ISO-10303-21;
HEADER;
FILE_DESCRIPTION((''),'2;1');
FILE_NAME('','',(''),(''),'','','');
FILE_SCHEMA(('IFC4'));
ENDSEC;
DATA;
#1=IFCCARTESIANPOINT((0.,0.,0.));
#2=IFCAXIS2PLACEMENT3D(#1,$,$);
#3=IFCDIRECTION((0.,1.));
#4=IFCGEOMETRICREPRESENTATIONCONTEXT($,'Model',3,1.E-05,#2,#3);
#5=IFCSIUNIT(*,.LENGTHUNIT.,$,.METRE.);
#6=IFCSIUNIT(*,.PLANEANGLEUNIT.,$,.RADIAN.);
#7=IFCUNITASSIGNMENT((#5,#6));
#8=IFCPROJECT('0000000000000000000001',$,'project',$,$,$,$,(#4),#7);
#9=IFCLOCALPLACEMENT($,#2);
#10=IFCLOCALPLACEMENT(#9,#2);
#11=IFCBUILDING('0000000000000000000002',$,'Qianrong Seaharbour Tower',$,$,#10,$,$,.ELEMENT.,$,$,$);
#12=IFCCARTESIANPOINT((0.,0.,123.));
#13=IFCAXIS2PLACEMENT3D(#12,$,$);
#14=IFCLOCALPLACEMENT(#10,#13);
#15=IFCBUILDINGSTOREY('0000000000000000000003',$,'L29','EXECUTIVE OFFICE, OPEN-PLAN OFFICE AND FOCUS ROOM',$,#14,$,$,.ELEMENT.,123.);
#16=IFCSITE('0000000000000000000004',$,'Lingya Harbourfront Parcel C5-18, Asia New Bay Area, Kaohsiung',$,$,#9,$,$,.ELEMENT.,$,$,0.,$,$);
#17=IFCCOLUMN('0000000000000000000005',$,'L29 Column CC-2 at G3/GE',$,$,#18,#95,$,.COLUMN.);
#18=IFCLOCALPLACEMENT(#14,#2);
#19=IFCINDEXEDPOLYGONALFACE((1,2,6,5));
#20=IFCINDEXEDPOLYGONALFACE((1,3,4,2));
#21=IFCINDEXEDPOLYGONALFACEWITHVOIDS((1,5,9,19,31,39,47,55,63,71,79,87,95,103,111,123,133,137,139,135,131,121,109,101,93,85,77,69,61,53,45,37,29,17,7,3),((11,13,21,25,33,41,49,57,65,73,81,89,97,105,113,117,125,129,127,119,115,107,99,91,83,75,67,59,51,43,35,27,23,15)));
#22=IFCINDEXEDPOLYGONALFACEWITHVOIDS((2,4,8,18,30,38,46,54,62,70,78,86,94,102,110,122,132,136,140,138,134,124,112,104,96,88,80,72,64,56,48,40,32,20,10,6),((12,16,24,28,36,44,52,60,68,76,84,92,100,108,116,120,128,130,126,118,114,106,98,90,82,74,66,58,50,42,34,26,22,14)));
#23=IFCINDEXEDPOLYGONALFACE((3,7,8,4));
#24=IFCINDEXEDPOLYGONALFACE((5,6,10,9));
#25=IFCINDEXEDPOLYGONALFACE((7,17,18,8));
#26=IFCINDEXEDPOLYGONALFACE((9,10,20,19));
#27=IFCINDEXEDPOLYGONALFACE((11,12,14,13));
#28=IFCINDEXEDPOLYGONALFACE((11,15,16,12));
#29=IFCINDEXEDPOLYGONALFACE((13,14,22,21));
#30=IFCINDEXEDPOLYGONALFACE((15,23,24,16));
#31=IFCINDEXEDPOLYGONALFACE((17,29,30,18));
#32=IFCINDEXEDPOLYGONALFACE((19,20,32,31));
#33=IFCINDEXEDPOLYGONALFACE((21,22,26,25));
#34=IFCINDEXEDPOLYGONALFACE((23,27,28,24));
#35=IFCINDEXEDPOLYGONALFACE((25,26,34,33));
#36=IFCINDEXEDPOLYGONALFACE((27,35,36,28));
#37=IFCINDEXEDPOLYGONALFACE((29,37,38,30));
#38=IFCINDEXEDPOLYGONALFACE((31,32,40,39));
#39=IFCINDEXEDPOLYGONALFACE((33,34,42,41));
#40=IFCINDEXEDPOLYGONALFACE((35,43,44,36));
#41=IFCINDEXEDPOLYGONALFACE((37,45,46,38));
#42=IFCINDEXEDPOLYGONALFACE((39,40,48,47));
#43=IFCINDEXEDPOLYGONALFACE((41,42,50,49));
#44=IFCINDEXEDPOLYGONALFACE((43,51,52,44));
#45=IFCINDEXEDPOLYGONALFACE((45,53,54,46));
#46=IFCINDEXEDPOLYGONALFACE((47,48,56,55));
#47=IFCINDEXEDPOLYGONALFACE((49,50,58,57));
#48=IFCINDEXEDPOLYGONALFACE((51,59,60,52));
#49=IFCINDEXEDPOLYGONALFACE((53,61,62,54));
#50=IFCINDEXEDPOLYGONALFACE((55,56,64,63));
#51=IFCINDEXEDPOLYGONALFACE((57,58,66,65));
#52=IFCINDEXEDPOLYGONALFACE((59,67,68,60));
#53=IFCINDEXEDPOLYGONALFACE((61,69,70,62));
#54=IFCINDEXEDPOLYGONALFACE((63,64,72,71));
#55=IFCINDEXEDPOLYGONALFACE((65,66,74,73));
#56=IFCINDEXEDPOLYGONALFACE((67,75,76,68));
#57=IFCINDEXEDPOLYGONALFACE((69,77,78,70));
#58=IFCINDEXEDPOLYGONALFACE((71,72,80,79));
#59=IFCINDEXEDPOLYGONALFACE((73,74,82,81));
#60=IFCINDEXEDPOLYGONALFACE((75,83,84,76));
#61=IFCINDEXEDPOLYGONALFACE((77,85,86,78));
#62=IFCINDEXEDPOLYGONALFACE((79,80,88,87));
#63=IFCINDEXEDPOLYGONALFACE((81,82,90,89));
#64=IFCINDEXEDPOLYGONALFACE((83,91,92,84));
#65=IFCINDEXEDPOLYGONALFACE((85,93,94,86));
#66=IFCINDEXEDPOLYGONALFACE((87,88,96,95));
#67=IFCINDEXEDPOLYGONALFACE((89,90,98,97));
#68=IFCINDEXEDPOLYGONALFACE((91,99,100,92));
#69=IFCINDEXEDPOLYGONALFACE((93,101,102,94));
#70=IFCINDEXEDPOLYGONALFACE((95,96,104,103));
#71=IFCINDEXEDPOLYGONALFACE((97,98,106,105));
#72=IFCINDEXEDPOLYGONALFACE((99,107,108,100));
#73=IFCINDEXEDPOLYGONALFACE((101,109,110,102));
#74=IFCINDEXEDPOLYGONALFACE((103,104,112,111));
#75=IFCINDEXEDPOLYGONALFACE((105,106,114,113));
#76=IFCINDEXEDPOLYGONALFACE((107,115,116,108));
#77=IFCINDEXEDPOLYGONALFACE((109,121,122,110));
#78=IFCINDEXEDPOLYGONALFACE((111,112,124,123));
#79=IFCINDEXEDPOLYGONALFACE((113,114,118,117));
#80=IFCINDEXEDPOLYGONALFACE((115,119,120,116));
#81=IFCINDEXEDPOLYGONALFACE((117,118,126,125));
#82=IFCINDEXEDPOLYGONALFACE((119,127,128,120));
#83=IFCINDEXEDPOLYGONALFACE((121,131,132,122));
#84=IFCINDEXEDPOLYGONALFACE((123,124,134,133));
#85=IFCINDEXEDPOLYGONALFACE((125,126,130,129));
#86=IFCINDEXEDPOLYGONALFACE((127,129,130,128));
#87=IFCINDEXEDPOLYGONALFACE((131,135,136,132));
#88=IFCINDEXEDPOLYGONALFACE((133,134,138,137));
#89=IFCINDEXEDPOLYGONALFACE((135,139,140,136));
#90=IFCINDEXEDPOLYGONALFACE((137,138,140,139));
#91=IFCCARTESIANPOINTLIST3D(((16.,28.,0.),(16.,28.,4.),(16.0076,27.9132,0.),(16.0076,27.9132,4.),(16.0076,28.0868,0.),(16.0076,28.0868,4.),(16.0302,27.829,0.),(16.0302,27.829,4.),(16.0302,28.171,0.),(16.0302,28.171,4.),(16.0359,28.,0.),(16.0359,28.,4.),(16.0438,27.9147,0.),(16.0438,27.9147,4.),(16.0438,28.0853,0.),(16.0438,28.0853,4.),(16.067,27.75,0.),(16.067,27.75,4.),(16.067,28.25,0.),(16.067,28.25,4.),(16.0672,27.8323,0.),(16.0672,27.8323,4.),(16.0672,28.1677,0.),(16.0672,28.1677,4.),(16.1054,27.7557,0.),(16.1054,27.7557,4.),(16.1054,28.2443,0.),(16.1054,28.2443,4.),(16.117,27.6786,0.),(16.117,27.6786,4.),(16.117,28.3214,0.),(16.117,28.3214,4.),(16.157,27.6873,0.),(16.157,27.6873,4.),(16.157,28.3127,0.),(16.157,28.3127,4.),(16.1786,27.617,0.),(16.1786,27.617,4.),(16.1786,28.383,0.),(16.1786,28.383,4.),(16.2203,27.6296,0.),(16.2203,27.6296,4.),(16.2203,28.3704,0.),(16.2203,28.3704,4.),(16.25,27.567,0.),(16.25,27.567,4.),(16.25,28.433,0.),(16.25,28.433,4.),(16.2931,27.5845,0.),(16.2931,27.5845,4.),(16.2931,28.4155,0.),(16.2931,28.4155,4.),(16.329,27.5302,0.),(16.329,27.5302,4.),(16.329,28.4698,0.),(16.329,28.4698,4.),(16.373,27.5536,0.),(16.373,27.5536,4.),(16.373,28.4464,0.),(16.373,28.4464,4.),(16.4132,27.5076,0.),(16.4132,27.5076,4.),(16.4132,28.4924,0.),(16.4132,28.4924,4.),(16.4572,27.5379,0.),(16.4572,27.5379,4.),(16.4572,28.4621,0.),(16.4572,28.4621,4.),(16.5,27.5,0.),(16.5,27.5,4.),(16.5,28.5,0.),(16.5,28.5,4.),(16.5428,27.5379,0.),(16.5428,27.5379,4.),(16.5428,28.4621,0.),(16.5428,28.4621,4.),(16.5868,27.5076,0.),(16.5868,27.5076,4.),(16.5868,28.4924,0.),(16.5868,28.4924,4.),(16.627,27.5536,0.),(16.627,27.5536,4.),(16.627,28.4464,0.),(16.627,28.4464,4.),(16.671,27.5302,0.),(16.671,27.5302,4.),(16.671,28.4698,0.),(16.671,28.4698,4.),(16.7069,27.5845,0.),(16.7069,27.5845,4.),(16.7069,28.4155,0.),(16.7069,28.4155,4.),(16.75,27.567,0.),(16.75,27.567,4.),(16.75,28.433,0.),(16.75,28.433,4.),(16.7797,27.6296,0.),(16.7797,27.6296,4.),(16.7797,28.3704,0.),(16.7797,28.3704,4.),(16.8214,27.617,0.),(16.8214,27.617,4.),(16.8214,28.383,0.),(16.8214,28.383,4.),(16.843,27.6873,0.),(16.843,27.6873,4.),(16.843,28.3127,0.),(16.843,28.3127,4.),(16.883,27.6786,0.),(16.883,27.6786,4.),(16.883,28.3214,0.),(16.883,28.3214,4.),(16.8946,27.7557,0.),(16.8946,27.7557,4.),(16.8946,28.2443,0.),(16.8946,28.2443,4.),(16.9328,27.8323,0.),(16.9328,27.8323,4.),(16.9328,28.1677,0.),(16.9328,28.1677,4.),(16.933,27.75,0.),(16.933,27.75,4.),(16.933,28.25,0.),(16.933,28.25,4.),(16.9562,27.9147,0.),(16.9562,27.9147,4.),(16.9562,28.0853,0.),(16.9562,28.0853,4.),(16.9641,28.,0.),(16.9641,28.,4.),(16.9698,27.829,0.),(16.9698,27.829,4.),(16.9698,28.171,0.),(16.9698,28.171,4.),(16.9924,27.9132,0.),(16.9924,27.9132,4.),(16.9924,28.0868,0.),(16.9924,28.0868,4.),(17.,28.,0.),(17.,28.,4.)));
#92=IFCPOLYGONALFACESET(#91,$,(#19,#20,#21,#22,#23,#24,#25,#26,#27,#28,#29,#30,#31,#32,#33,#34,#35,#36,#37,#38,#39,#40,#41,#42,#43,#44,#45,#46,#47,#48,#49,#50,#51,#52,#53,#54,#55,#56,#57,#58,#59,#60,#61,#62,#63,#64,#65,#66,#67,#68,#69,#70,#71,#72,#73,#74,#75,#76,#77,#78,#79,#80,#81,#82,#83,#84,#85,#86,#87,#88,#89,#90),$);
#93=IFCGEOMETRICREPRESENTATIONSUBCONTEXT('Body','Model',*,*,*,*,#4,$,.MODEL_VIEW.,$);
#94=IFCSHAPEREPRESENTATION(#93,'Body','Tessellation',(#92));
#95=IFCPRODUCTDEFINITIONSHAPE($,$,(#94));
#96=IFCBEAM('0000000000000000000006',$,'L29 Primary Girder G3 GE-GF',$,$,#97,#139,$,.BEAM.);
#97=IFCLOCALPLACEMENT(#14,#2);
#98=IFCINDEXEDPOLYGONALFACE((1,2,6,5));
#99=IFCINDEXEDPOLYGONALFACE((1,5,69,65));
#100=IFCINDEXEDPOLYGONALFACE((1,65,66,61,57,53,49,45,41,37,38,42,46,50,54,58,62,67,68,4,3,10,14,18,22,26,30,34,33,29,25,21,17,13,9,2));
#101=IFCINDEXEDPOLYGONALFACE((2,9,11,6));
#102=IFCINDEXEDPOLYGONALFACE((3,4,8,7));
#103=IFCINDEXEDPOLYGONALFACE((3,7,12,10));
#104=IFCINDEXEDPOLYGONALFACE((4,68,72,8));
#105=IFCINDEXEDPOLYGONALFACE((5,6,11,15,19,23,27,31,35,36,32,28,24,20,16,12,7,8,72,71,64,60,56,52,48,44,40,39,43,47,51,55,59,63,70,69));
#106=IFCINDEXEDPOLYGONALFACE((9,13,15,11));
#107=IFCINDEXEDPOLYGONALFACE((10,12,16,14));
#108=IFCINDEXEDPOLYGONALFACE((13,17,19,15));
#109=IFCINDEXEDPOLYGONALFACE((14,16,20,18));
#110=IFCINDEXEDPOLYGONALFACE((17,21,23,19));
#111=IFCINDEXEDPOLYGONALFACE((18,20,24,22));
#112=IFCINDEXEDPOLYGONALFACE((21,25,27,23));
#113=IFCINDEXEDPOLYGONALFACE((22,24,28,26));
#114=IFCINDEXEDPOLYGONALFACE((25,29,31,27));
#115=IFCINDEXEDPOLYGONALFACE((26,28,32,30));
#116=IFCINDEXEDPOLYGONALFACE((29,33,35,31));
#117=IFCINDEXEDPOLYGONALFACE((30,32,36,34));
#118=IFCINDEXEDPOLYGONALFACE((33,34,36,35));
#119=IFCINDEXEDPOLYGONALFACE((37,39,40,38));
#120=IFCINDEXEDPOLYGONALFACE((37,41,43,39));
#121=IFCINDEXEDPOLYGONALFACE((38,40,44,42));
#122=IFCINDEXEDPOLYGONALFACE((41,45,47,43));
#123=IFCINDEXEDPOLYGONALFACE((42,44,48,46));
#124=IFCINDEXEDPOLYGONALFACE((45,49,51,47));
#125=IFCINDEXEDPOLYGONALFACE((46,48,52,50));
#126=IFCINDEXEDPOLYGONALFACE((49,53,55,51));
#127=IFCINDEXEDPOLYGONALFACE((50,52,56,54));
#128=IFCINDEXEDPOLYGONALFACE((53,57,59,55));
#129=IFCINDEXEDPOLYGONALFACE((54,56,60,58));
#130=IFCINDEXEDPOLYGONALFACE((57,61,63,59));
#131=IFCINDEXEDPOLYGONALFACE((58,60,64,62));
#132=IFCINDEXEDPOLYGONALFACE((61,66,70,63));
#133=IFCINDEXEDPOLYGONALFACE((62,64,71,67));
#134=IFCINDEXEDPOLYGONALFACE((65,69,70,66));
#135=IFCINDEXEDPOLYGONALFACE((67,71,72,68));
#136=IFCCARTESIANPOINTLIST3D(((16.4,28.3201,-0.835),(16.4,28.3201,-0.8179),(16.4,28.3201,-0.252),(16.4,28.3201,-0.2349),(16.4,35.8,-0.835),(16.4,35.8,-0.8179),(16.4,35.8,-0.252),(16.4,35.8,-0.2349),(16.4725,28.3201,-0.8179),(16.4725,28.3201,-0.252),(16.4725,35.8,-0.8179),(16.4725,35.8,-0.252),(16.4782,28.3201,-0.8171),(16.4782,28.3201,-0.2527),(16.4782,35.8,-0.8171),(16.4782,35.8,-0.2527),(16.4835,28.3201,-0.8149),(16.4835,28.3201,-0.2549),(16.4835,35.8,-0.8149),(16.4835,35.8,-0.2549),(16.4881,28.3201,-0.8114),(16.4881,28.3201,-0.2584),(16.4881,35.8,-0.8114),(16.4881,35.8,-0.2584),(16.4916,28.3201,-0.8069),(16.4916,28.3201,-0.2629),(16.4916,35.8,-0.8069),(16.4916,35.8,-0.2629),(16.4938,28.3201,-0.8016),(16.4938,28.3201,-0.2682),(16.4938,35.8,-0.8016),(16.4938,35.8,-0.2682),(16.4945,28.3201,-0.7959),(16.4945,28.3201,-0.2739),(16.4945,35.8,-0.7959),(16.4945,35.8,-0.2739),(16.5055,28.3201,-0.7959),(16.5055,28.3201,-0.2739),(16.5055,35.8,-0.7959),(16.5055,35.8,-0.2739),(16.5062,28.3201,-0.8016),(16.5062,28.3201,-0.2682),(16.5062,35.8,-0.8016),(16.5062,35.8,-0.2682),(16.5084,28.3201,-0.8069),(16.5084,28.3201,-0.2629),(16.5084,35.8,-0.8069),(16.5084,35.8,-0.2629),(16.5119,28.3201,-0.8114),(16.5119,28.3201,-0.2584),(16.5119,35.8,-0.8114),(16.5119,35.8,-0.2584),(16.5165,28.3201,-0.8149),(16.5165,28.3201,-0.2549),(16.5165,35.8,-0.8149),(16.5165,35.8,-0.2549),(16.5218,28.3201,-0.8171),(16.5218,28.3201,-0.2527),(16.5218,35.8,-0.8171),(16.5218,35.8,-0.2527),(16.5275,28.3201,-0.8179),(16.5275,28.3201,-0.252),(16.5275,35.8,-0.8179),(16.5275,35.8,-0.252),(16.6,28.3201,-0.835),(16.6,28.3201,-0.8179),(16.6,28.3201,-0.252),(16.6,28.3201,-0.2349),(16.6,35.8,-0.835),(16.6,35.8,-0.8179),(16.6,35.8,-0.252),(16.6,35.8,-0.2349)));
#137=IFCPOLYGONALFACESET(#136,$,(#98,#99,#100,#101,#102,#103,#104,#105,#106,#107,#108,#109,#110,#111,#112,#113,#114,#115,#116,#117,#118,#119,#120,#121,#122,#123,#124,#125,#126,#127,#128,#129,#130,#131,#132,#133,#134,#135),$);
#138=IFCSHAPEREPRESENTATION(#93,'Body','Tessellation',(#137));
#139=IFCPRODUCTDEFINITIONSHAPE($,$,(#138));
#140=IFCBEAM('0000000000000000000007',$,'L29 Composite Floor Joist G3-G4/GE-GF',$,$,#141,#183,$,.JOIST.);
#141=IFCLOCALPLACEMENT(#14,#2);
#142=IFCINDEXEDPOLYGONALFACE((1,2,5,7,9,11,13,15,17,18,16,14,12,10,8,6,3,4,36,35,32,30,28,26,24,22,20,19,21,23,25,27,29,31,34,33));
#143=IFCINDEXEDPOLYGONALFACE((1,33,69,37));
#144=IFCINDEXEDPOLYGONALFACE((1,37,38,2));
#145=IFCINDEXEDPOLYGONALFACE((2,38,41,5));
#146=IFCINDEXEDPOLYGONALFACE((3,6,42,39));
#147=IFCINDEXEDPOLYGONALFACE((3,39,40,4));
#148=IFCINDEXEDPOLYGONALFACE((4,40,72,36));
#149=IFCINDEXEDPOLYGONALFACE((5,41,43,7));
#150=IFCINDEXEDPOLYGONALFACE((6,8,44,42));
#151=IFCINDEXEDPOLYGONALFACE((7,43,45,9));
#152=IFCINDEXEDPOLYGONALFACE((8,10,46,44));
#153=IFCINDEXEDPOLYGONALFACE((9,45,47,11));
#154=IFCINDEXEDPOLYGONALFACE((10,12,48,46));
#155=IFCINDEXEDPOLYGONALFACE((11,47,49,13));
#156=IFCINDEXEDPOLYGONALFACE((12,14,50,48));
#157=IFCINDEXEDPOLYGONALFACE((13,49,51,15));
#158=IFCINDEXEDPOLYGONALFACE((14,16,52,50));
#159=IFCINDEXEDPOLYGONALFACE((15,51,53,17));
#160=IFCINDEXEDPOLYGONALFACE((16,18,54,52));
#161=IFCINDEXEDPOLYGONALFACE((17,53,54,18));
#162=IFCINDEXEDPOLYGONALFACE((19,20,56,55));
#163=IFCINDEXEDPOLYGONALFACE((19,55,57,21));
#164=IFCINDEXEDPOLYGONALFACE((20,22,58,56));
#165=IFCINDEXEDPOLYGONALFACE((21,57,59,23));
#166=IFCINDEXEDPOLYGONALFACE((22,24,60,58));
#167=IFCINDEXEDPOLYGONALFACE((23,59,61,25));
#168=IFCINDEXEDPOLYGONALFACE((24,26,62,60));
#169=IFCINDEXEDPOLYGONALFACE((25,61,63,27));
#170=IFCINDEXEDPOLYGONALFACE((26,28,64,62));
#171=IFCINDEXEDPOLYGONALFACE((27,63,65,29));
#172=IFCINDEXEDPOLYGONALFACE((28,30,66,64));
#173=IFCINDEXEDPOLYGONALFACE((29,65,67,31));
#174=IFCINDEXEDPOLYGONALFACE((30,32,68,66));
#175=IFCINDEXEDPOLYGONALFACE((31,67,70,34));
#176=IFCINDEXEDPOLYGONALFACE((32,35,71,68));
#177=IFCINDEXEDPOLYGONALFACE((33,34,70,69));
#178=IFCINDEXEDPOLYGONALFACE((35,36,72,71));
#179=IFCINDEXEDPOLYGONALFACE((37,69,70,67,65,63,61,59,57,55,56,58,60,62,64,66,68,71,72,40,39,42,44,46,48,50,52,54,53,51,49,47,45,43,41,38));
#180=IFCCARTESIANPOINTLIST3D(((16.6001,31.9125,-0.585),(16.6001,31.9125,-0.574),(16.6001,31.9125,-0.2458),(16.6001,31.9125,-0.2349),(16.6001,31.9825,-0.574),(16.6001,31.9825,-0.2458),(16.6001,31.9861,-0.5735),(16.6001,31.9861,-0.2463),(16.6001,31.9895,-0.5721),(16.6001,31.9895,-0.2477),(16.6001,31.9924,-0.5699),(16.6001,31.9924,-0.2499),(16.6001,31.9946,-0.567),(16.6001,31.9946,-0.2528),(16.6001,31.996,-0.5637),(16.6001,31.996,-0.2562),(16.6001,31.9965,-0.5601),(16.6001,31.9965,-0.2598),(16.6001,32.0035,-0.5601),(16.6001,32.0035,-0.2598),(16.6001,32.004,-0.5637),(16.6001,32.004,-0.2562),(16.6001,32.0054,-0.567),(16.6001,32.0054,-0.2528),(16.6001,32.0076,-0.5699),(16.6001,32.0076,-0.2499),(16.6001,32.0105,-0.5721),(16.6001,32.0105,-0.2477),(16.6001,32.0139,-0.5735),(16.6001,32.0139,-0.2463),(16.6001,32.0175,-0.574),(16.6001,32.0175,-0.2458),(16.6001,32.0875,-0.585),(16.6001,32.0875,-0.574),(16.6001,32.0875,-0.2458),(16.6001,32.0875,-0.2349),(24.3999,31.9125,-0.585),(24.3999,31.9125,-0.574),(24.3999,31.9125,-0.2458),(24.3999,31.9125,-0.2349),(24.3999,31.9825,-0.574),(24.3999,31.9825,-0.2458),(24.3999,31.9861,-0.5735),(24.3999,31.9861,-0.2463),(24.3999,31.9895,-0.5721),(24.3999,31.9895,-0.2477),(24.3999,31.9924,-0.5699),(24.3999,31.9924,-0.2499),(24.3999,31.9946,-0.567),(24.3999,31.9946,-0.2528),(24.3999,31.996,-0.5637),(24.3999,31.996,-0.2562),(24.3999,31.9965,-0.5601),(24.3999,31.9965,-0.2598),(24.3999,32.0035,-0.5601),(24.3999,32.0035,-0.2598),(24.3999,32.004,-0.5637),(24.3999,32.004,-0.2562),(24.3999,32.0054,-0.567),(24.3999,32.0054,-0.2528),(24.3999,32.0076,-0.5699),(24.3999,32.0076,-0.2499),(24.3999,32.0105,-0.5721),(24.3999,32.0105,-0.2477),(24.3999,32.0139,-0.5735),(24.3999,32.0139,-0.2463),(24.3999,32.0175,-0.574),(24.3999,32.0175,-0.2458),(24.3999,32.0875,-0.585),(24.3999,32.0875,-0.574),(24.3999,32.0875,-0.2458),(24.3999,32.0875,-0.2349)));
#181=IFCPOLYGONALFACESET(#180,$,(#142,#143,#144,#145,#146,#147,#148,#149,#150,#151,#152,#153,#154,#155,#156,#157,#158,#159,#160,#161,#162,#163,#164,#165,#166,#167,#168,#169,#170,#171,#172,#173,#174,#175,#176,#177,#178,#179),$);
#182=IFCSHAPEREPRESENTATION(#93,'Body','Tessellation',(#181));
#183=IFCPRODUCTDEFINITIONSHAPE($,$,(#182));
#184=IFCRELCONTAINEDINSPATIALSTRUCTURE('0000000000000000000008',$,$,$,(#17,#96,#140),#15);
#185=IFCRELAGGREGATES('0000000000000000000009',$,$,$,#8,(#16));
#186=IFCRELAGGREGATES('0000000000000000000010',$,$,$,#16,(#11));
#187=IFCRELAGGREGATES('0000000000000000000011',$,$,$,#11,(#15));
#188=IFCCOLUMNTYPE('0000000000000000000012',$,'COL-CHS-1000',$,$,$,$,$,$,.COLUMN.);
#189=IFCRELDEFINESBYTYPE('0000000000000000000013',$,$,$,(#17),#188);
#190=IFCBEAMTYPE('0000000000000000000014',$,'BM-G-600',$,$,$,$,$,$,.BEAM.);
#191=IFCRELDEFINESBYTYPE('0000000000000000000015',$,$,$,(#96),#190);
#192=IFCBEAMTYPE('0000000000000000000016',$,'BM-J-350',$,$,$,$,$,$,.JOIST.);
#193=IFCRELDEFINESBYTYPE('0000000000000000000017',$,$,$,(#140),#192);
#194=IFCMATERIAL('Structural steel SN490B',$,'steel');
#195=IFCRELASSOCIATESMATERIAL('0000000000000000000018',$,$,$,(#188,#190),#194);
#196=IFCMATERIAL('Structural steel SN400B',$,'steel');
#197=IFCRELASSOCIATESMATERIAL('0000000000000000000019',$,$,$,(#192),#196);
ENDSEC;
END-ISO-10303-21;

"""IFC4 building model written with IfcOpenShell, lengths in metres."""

from ifc_helpers import new_model, si_unit, direction, frame, origin, origin_2d, place, context, subcontext, project, spatial, hollow_circle, i_section, extrude, material, material_profile, profile_set, type_object, element, save


model = new_model("IFC4")

# Units and contexts
model_context = context("Model", 3, precision=1e-05, world=origin(), true_north=direction((0.0, 1.0)))
body_context = subcontext(model_context, "Body", "Model", "MODEL_VIEW")
ifc_project = project(units=[si_unit("LENGTHUNIT", "METRE"), si_unit("PLANEANGLEUNIT", "RADIAN")], contexts=[model_context])

# Site, building, storey
site_placement = place(None, origin())
site = spatial("IfcSite", under=ifc_project, at=site_placement, Name="Lingya Harbourfront Parcel C5-18, Asia New Bay Area, Kaohsiung", CompositionType="ELEMENT", RefElevation=0.0)
building_placement = place(site_placement, origin())
building = spatial("IfcBuilding", under=site, at=building_placement, Name="Qianrong Seaharbour Tower", CompositionType="ELEMENT")
storey_placement = place(building_placement, frame((0.0, 0.0, 123.0)))
storey = spatial("IfcBuildingStorey", under=building, at=storey_placement, Name="L29", Description="EXECUTIVE OFFICE, OPEN-PLAN OFFICE AND FOCUS ROOM", CompositionType="ELEMENT", Elevation=123.0)

# Column
ifc_material_1 = material(Name="Structural steel SN490B", Category="steel")
ifc_material_profile_1 = material_profile(ifc_material_1, hollow_circle(Radius=0.5, WallThickness=0.0359, at=origin_2d()), Name="CHS1000x36")
ifc_profile_set_1 = profile_set([ifc_material_profile_1], Name="Structural steel SN490B")
column_type = type_object("IfcColumnType", Name="COL-CHS-1000", PredefinedType="COLUMN", material=ifc_profile_set_1)
column_placement = place(storey_placement, frame((16.5, 28.0, 0.0), z_axis=(0.0, 0.0, 1.0), x_axis=(1.0, 0.0, 0.0)))
element("IfcColumn", 1, at=column_placement, inside=storey, type_object=column_type, Name="L29 Column CC-2 at G3/GE", PredefinedType="COLUMN", context=body_context, shape_type="SweptSolid", body=[
    extrude(hollow_circle(Radius=0.5, WallThickness=0.0359, at=origin_2d()), origin(), (0.0, 0.0, 1.0), 4.0),
])

# Beams
ifc_material_profile_2 = material_profile(ifc_material_1, i_section(OverallWidth=0.2, OverallDepth=0.6001, WebThickness=0.011, FlangeThickness=0.0171, FilletRadius=0.022, at=origin_2d()), Name="H600x200x11x17")
ifc_profile_set_2 = profile_set([ifc_material_profile_2], Name="Structural steel SN490B")
beam_type_1 = type_object("IfcBeamType", Name="BM-G-600", PredefinedType="BEAM", material=ifc_profile_set_2)
beam_1_placement = place(storey_placement, frame((16.5, 28.3201, -0.5349), z_axis=(0.0, 1.0, 0.0), x_axis=(-1.0, 0.0, 0.0)))
element("IfcBeam", 2, at=beam_1_placement, inside=storey, type_object=beam_type_1, Name="L29 Primary Girder G3 GE-GF", PredefinedType="BEAM", context=body_context, shape_type="SweptSolid", body=[
    extrude(i_section(OverallWidth=0.2, OverallDepth=0.6001, WebThickness=0.011, FlangeThickness=0.0171, FilletRadius=0.022, at=origin_2d()), origin(), (0.0, 0.0, 1.0), 7.48),
])
ifc_material_2 = material(Name="Structural steel SN400B", Category="steel")
ifc_material_profile_3 = material_profile(ifc_material_2, i_section(OverallWidth=0.175, OverallDepth=0.3501, WebThickness=0.0071, FlangeThickness=0.011, FilletRadius=0.0139, at=origin_2d()), Name="H350x175x7x11")
ifc_profile_set_3 = profile_set([ifc_material_profile_3], Name="Structural steel SN400B")
beam_type_2 = type_object("IfcBeamType", Name="BM-J-350", PredefinedType="JOIST", material=ifc_profile_set_3)
beam_2_placement = place(storey_placement, frame((16.6001, 32.0, -0.4099), z_axis=(1.0, 0.0, 0.0), x_axis=(0.0, 1.0, 0.0)))
element("IfcBeam", 3, at=beam_2_placement, inside=storey, type_object=beam_type_2, Name="L29 Composite Floor Joist G3-G4/GE-GF", PredefinedType="JOIST", context=body_context, shape_type="SweptSolid", body=[
    extrude(i_section(OverallWidth=0.175, OverallDepth=0.3501, WebThickness=0.0071, FlangeThickness=0.011, FilletRadius=0.0139, at=origin_2d()), origin(), (0.0, 0.0, 1.0), 7.7998),
])

save(model, "model.ifc")
